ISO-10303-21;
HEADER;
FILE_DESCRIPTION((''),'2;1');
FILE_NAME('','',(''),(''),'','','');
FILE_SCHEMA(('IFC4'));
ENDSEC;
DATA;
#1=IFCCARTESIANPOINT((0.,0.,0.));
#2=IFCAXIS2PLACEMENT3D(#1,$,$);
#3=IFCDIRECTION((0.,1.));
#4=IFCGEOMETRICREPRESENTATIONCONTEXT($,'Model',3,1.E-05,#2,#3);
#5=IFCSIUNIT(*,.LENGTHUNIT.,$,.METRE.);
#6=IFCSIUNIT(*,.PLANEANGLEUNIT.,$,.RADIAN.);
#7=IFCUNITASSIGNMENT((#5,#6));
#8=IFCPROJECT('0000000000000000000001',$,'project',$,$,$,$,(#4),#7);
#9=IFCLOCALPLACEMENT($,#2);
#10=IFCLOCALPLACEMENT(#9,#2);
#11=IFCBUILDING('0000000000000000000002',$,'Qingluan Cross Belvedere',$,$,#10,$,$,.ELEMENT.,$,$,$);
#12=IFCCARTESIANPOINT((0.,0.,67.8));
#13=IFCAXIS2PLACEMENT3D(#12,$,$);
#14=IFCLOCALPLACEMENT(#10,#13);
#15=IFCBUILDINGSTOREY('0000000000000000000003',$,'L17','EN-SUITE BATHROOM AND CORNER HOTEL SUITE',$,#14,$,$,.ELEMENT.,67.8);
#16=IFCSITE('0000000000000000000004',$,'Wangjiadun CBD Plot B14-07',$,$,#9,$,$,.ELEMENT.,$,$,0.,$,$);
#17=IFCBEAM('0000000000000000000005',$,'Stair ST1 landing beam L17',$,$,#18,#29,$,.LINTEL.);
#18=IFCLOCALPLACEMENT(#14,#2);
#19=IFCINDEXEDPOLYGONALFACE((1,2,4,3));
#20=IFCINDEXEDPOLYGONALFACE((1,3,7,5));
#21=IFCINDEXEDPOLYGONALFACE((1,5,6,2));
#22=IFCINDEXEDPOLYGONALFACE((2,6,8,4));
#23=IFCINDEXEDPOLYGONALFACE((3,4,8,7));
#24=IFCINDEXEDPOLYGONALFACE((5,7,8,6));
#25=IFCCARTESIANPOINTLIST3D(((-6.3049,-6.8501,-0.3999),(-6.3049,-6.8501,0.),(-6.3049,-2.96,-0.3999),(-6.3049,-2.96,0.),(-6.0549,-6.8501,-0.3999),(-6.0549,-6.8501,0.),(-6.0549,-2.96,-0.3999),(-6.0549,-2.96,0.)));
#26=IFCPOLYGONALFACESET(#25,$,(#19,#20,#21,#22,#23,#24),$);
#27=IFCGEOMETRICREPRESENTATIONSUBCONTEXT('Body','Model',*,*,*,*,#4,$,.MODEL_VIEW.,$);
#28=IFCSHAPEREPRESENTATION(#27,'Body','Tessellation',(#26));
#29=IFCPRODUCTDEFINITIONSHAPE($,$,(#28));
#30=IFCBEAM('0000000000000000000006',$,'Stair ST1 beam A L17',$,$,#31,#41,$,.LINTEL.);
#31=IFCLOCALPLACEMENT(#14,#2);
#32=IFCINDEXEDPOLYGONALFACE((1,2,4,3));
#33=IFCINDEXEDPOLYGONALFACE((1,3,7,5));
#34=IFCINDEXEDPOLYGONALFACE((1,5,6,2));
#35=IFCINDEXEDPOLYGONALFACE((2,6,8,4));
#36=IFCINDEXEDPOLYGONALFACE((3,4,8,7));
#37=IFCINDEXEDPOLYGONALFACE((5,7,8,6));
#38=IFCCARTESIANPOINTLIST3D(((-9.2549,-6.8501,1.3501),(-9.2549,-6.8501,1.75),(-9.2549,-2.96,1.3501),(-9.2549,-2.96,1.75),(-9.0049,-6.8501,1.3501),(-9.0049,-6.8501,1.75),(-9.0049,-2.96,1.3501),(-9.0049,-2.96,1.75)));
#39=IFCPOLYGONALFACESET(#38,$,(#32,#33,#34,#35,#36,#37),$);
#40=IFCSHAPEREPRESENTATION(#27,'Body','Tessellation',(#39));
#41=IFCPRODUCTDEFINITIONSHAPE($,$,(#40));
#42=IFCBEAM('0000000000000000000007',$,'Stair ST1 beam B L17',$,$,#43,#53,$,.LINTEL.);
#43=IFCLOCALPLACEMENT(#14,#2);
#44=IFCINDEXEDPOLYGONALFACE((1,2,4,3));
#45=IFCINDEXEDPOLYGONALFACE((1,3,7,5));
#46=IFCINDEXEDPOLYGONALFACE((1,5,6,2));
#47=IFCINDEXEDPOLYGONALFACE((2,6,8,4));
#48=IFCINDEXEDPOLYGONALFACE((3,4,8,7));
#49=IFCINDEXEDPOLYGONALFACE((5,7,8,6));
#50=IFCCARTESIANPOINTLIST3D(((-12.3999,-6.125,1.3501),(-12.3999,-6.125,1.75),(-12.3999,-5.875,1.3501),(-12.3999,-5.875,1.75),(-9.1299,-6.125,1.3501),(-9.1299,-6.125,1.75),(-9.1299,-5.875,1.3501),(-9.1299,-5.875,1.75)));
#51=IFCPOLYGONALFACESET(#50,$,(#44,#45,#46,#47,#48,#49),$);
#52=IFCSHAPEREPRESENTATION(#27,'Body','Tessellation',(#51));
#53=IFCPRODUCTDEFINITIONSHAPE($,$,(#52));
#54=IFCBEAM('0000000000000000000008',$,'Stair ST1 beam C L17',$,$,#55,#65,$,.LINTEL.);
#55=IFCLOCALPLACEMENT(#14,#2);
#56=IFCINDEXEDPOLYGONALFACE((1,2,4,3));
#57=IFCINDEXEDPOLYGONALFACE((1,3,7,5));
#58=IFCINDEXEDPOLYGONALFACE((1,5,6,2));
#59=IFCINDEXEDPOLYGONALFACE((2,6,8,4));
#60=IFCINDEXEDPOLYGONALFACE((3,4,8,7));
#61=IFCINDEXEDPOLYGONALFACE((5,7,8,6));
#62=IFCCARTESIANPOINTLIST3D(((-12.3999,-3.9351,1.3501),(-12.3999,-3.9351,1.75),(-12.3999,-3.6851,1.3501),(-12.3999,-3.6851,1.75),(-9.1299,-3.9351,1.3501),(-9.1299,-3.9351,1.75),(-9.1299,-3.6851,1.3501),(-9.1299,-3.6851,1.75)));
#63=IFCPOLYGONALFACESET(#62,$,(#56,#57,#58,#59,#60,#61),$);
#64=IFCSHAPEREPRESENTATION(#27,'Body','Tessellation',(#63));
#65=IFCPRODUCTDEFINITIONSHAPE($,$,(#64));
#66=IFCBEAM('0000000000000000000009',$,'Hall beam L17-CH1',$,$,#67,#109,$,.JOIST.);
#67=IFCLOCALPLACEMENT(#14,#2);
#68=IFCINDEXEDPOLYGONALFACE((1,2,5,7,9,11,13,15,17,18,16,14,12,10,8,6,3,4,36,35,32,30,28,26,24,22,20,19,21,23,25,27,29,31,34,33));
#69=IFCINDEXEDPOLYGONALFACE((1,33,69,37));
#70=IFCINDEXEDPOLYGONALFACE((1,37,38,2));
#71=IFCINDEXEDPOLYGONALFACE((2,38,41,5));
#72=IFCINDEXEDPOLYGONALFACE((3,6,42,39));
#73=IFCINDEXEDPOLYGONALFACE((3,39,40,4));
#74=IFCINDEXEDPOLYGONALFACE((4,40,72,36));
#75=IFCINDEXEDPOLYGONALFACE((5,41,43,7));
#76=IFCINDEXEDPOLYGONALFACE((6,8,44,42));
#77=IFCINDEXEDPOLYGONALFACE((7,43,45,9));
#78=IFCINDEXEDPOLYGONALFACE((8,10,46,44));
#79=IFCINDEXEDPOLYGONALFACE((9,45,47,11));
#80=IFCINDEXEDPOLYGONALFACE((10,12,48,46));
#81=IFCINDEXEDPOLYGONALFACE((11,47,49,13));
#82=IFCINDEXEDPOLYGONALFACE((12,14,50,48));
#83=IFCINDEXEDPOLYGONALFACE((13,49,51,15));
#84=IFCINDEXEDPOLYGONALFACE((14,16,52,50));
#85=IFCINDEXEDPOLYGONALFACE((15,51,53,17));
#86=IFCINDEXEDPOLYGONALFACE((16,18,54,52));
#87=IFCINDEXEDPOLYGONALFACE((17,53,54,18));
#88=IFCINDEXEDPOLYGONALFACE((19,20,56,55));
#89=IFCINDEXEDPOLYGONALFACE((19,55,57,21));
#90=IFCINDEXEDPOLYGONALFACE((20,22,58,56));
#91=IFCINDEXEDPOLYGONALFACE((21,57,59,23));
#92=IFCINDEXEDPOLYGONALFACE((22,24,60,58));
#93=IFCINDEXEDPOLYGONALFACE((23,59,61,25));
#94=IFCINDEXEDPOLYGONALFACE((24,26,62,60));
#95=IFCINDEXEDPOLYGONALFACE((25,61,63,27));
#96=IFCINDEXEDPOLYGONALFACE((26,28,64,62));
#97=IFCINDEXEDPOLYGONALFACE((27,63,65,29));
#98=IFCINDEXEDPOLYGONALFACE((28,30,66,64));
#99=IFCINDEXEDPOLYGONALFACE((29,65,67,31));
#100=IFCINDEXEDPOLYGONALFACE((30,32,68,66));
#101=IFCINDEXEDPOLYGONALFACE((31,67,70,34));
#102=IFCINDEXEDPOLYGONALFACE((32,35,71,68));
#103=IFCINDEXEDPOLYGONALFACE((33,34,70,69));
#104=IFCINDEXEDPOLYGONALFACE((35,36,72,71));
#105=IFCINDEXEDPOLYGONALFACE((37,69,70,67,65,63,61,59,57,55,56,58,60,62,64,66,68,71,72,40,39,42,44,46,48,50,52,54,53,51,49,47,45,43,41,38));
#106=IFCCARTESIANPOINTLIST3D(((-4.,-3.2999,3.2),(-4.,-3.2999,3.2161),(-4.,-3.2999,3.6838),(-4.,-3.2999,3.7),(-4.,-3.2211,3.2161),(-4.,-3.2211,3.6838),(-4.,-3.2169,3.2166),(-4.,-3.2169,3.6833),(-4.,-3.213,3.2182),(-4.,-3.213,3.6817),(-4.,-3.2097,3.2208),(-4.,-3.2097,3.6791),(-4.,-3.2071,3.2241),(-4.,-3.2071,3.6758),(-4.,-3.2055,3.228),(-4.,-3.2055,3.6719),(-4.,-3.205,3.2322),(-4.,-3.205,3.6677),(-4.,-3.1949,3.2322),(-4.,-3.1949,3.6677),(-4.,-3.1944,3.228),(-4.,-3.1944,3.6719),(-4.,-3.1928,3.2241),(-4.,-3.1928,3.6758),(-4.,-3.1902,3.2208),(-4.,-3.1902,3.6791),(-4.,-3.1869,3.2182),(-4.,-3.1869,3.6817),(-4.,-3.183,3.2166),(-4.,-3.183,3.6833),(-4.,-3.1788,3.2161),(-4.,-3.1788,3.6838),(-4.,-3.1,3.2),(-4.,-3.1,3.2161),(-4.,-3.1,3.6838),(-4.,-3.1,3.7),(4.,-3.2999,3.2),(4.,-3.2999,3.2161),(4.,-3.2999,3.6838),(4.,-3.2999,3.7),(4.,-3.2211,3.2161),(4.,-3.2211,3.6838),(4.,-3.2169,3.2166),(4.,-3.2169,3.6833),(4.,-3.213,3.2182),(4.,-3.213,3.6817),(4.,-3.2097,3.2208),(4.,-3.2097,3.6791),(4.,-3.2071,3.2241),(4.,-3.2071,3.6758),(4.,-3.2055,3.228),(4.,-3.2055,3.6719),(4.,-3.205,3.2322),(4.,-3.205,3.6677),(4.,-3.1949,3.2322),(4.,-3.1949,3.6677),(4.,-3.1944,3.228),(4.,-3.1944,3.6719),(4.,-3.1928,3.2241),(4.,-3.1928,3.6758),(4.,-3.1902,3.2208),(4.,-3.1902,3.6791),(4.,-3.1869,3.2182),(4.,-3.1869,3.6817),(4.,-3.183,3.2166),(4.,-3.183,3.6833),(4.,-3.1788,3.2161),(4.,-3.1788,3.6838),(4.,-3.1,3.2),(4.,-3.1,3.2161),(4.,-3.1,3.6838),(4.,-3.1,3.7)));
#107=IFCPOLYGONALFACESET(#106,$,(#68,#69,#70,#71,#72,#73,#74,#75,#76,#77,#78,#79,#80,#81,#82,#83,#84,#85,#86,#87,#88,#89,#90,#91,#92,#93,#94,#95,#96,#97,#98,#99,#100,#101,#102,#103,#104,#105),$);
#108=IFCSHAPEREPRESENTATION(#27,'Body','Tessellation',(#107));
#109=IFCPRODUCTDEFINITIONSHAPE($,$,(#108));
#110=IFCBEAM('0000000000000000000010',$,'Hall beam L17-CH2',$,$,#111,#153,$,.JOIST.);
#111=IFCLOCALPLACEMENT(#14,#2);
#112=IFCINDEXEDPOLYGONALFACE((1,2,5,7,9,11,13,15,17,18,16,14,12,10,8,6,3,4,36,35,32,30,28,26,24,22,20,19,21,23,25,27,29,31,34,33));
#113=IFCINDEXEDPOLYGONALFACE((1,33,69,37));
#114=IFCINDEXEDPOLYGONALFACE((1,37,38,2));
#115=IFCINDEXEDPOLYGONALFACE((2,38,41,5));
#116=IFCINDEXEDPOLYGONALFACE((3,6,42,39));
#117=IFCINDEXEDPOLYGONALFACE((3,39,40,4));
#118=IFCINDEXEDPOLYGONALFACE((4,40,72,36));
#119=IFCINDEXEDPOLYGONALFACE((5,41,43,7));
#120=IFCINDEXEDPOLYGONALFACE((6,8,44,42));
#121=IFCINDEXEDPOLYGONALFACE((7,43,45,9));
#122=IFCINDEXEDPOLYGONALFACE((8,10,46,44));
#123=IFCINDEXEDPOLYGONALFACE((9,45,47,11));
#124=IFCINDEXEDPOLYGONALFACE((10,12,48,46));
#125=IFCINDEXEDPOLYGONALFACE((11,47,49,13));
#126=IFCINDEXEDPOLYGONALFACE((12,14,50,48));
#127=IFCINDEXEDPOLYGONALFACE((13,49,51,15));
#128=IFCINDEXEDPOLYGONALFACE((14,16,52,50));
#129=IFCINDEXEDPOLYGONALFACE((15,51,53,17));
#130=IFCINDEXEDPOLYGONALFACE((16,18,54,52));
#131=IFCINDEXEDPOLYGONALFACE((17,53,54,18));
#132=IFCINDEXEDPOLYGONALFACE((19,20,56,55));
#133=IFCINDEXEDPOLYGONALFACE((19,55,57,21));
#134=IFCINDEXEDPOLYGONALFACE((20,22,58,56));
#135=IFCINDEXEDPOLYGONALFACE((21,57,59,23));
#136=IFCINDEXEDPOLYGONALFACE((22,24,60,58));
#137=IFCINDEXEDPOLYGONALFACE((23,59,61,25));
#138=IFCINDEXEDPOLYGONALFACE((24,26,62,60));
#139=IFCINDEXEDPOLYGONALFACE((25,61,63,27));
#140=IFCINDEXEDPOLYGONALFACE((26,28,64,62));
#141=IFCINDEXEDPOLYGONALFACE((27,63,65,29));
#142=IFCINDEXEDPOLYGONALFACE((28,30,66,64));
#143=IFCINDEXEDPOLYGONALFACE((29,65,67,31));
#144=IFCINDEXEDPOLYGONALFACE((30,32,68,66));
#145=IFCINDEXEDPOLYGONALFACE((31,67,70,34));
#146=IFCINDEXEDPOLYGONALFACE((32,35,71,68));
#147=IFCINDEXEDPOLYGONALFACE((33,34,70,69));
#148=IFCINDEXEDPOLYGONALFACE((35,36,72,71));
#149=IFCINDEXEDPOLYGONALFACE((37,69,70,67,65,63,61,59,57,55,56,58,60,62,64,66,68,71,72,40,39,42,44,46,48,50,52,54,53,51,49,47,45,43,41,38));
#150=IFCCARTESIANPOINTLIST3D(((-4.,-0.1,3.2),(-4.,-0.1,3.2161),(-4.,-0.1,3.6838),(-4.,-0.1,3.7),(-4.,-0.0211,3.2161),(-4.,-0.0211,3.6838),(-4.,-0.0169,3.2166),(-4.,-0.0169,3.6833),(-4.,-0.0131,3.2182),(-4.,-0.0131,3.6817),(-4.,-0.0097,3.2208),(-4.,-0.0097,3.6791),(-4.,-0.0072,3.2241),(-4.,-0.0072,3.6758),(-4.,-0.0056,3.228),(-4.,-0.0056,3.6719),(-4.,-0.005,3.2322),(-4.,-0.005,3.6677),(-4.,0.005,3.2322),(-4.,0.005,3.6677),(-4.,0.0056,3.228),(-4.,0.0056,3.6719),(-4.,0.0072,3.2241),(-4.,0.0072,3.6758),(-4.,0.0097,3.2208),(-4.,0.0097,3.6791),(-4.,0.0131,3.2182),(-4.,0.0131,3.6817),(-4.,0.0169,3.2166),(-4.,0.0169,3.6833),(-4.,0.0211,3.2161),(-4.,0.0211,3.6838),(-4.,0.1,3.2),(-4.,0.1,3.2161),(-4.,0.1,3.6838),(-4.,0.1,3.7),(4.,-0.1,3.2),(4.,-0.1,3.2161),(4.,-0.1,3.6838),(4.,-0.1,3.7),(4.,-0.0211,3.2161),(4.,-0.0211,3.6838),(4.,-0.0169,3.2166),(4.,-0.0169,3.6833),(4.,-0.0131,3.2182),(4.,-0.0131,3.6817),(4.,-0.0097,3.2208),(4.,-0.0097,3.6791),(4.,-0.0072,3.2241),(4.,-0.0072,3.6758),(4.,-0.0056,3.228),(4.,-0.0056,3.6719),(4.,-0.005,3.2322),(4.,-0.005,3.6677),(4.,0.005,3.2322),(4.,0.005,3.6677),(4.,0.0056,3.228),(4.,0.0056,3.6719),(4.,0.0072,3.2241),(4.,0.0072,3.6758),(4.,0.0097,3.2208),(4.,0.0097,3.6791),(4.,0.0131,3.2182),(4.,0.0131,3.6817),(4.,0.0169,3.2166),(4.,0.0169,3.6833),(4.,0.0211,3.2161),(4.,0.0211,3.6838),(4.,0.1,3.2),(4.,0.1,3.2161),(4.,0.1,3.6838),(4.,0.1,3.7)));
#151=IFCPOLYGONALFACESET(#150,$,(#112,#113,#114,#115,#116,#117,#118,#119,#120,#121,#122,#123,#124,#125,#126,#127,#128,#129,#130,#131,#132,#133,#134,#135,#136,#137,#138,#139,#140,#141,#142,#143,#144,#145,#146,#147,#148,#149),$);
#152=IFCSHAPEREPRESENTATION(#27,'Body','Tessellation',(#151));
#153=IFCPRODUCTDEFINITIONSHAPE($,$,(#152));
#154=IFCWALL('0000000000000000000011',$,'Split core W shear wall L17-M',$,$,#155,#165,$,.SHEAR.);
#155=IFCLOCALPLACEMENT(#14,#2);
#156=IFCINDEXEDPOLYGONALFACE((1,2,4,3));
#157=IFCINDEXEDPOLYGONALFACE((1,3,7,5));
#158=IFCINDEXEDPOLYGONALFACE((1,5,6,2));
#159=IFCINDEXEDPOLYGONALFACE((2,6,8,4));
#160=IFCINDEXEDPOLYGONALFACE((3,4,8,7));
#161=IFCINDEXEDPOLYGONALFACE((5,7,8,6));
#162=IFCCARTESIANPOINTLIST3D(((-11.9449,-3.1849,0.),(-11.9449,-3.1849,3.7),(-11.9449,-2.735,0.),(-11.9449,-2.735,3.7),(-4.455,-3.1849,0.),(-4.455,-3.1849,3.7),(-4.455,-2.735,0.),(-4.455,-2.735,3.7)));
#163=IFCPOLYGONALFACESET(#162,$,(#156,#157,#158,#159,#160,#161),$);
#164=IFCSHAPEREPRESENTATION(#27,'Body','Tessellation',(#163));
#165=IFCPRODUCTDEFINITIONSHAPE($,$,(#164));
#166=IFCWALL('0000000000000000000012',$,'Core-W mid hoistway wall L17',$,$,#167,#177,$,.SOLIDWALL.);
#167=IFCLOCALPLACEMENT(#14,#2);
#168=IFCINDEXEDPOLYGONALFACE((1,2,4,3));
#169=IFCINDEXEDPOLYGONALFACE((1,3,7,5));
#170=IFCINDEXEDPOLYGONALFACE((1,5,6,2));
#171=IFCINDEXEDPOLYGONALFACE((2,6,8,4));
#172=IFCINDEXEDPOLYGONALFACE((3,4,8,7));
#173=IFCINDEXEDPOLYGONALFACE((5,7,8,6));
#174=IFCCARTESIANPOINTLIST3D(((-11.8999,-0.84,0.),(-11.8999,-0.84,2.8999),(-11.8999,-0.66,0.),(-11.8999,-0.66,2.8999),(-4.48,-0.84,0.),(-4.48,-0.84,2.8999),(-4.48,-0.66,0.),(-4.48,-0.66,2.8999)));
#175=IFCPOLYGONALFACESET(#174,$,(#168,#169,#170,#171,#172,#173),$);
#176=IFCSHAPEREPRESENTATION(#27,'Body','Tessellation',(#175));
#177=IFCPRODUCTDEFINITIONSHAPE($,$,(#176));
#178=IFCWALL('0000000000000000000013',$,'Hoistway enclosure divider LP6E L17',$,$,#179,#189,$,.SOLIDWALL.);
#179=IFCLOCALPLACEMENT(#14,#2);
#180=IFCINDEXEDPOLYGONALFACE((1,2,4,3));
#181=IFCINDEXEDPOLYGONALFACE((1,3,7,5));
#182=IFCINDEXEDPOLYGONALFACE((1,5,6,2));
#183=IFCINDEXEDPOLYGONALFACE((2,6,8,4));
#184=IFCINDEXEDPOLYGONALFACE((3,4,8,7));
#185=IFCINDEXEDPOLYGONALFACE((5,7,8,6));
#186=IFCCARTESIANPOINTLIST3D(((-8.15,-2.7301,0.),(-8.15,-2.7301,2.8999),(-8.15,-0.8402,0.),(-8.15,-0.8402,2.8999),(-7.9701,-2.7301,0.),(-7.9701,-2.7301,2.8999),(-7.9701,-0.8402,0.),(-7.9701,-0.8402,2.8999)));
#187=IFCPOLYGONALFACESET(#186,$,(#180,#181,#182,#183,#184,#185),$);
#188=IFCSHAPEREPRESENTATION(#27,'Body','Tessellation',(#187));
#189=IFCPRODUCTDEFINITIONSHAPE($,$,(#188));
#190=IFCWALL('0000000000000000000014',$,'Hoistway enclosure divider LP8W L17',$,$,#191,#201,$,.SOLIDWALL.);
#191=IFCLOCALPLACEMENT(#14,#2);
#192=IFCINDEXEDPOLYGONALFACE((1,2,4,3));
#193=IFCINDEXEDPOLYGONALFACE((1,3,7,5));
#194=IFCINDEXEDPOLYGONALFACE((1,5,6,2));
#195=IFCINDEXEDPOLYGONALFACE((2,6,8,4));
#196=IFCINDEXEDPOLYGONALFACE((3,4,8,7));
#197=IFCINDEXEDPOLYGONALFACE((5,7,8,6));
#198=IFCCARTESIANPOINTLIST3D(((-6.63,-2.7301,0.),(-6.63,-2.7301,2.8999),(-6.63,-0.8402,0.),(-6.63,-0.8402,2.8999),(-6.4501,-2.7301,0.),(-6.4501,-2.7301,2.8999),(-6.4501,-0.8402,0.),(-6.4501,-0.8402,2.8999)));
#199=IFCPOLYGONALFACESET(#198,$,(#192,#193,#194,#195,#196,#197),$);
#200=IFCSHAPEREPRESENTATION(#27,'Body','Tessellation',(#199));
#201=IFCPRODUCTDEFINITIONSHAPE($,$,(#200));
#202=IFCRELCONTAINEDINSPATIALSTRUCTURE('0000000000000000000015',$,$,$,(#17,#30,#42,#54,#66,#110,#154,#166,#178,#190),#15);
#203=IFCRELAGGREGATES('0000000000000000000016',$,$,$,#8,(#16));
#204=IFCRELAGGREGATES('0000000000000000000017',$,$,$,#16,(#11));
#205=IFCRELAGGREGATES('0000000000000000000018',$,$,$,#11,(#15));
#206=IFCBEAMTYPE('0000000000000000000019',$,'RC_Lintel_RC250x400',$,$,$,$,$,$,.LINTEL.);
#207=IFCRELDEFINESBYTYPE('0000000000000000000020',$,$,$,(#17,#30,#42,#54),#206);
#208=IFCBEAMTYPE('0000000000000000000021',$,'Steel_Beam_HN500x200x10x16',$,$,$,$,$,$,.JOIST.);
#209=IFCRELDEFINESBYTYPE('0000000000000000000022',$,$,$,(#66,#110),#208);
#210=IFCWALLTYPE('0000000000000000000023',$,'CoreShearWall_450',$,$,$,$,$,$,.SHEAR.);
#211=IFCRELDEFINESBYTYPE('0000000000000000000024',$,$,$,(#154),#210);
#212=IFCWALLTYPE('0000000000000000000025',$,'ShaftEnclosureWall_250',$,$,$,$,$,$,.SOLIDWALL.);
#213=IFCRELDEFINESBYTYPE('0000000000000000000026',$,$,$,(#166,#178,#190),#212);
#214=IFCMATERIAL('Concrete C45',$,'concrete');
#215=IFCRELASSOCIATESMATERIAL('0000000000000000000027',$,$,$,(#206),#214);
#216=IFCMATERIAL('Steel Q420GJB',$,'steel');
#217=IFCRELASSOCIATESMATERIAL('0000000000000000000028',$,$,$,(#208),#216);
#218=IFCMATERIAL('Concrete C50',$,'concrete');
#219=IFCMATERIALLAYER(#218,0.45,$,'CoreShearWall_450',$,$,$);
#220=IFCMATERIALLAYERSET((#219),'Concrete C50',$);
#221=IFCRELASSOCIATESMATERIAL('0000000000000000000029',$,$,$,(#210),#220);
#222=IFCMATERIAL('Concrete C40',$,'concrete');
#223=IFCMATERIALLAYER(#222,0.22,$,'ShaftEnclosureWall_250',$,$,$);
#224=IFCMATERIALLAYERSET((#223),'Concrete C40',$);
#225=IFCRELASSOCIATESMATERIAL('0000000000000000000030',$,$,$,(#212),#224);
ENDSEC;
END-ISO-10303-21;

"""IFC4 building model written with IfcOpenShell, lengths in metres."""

from ifc_helpers import new_model, si_unit, direction, frame, frame_2d, origin, origin_2d, place, context, subcontext, project, spatial, rectangle, i_section, extrude, material, layer, layer_set, material_profile, profile_set, type_object, element, save


model = new_model("IFC4")

# Units and contexts
model_context = context("Model", 3, precision=1e-05, world=origin(), true_north=direction((0.0, 1.0)))
body_context = subcontext(model_context, "Body", "Model", "MODEL_VIEW")
ifc_project = project(units=[si_unit("LENGTHUNIT", "METRE"), si_unit("PLANEANGLEUNIT", "RADIAN")], contexts=[model_context])

# Site, building, storey
site_placement = place(None, origin())
site = spatial("IfcSite", under=ifc_project, at=site_placement, Name="Wangjiadun CBD Plot B14-07", CompositionType="ELEMENT", RefElevation=0.0)
building_placement = place(site_placement, origin())
building = spatial("IfcBuilding", under=site, at=building_placement, Name="Qingluan Cross Belvedere", CompositionType="ELEMENT")
storey_placement = place(building_placement, frame((0.0, 0.0, 67.8)))
storey = spatial("IfcBuildingStorey", under=building, at=storey_placement, Name="L17", Description="EN-SUITE BATHROOM AND CORNER HOTEL SUITE", CompositionType="ELEMENT", Elevation=67.8)

# Beams
ifc_material_1 = material(Name="Concrete C45", Category="concrete")
ifc_material_profile_1 = material_profile(ifc_material_1, rectangle(XDim=0.25, YDim=0.3999, at=origin_2d()), Name="RC250x400")
ifc_profile_set_1 = profile_set([ifc_material_profile_1], Name="Concrete C45")
beam_type_1 = type_object("IfcBeamType", Name="RC_Lintel_RC250x400", PredefinedType="LINTEL", material=ifc_profile_set_1)
for number, where, z_axis, x_axis, name in (
    (1, (-6.1799, -6.8501, -0.2), (0.0, 1.0, 0.0), (-1.0, 0.0, 0.0), "Stair ST1 landing beam L17"),
    (2, (-9.1299, -6.8501, 1.55), (0.0, 1.0, 0.0), (-1.0, 0.0, 0.0), "Stair ST1 beam A L17"),
):
    element("IfcBeam", number, at=place(storey_placement, frame(where, z_axis=z_axis, x_axis=x_axis)), inside=storey, type_object=beam_type_1, Name=name, PredefinedType="LINTEL", context=body_context, shape_type="SweptSolid", body=[
        extrude(rectangle(XDim=0.25, YDim=0.3999, at=origin_2d()), origin(), (0.0, 0.0, 1.0), 3.8901),
    ])
for number, where, z_axis, x_axis, name in (
    (3, (-12.3999, -6.0, 1.55), (1.0, 0.0, 0.0), (0.0, 1.0, 0.0), "Stair ST1 beam B L17"),
    (4, (-12.3999, -3.8101, 1.55), (1.0, 0.0, 0.0), (0.0, 1.0, 0.0), "Stair ST1 beam C L17"),
):
    element("IfcBeam", number, at=place(storey_placement, frame(where, z_axis=z_axis, x_axis=x_axis)), inside=storey, type_object=beam_type_1, Name=name, PredefinedType="LINTEL", context=body_context, shape_type="SweptSolid", body=[
        extrude(rectangle(XDim=0.25, YDim=0.3999, at=origin_2d()), origin(), (0.0, 0.0, 1.0), 3.27),
    ])
ifc_material_2 = material(Name="Steel Q420GJB", Category="steel")
ifc_material_profile_2 = material_profile(ifc_material_2, i_section(OverallWidth=0.2, OverallDepth=0.5, WebThickness=0.01, FlangeThickness=0.0161, FilletRadius=0.0161, at=origin_2d()), Name="HN500x200x10x16")
ifc_profile_set_2 = profile_set([ifc_material_profile_2], Name="Steel Q420GJB")
beam_type_2 = type_object("IfcBeamType", Name="Steel_Beam_HN500x200x10x16", PredefinedType="JOIST", material=ifc_profile_set_2)
for number, where, z_axis, x_axis, name in (
    (5, (-4.0, -3.2, 3.45), (1.0, 0.0, 0.0), (0.0, 1.0, 0.0), "Hall beam L17-CH1"),
    (6, (-4.0, 0.0, 3.45), (1.0, 0.0, 0.0), (0.0, 1.0, 0.0), "Hall beam L17-CH2"),
):
    element("IfcBeam", number, at=place(storey_placement, frame(where, z_axis=z_axis, x_axis=x_axis)), inside=storey, type_object=beam_type_2, Name=name, PredefinedType="JOIST", context=body_context, shape_type="SweptSolid", body=[
        extrude(i_section(OverallWidth=0.2, OverallDepth=0.5, WebThickness=0.01, FlangeThickness=0.0161, FilletRadius=0.0161, at=origin_2d()), origin(), (0.0, 0.0, 1.0), 8.0),
    ])

# Wall
ifc_material_3 = material(Name="Concrete C50", Category="concrete")
ifc_layer_1 = layer(ifc_material_3, 0.45, Name="CoreShearWall_450")
ifc_layer_set_1 = layer_set([ifc_layer_1], Name="Concrete C50")
wall_type_1 = type_object("IfcWallType", Name="CoreShearWall_450", PredefinedType="SHEAR", material=ifc_layer_set_1)
wall_1_placement = place(storey_placement, frame((-11.9451, -2.96, 0.0), z_axis=(0.0, 0.0, 1.0), x_axis=(1.0, 0.0, 0.0)))
element("IfcWall", 7, at=wall_1_placement, inside=storey, type_object=wall_type_1, Name="Split core W shear wall L17-M", PredefinedType="SHEAR", context=body_context, shape_type="SweptSolid", body=[
    extrude(rectangle(XDim=7.49, YDim=0.45, at=frame_2d((3.7451, 0.0))), origin(), (0.0, 0.0, 1.0), 3.7),
])

# Walls
ifc_material_4 = material(Name="Concrete C40", Category="concrete")
ifc_layer_2 = layer(ifc_material_4, 0.22, Name="ShaftEnclosureWall_250")
ifc_layer_set_2 = layer_set([ifc_layer_2], Name="Concrete C40")
wall_type_2 = type_object("IfcWallType", Name="ShaftEnclosureWall_250", PredefinedType="SOLIDWALL", material=ifc_layer_set_2)
wall_2_placement = place(storey_placement, frame((-11.8999, -0.75, 0.0), z_axis=(0.0, 0.0, 1.0), x_axis=(1.0, 0.0, 0.0)))
element("IfcWall", 8, at=wall_2_placement, inside=storey, type_object=wall_type_2, Name="Core-W mid hoistway wall L17", PredefinedType="SOLIDWALL", context=body_context, shape_type="SweptSolid", body=[
    extrude(rectangle(XDim=7.4199, YDim=0.1799, at=frame_2d((3.71, 0.0))), origin(), (0.0, 0.0, 1.0), 2.8999),
])
for number, where, z_axis, x_axis, name in (
    (9, (-8.0601, -2.73, 0.0), (0.0, 0.0, 1.0), (0.0, 1.0, 0.0), "Hoistway enclosure divider LP6E L17"),
    (10, (-6.54, -2.73, 0.0), (0.0, 0.0, 1.0), (0.0, 1.0, 0.0), "Hoistway enclosure divider LP8W L17"),
):
    element("IfcWall", number, at=place(storey_placement, frame(where, z_axis=z_axis, x_axis=x_axis)), inside=storey, type_object=wall_type_2, Name=name, PredefinedType="SOLIDWALL", context=body_context, shape_type="SweptSolid", body=[
        extrude(rectangle(XDim=1.8899, YDim=0.1799, at=frame_2d((0.9448, 0.0))), origin(), (0.0, 0.0, 1.0), 2.8999),
    ])

save(model, "model.ifc")
